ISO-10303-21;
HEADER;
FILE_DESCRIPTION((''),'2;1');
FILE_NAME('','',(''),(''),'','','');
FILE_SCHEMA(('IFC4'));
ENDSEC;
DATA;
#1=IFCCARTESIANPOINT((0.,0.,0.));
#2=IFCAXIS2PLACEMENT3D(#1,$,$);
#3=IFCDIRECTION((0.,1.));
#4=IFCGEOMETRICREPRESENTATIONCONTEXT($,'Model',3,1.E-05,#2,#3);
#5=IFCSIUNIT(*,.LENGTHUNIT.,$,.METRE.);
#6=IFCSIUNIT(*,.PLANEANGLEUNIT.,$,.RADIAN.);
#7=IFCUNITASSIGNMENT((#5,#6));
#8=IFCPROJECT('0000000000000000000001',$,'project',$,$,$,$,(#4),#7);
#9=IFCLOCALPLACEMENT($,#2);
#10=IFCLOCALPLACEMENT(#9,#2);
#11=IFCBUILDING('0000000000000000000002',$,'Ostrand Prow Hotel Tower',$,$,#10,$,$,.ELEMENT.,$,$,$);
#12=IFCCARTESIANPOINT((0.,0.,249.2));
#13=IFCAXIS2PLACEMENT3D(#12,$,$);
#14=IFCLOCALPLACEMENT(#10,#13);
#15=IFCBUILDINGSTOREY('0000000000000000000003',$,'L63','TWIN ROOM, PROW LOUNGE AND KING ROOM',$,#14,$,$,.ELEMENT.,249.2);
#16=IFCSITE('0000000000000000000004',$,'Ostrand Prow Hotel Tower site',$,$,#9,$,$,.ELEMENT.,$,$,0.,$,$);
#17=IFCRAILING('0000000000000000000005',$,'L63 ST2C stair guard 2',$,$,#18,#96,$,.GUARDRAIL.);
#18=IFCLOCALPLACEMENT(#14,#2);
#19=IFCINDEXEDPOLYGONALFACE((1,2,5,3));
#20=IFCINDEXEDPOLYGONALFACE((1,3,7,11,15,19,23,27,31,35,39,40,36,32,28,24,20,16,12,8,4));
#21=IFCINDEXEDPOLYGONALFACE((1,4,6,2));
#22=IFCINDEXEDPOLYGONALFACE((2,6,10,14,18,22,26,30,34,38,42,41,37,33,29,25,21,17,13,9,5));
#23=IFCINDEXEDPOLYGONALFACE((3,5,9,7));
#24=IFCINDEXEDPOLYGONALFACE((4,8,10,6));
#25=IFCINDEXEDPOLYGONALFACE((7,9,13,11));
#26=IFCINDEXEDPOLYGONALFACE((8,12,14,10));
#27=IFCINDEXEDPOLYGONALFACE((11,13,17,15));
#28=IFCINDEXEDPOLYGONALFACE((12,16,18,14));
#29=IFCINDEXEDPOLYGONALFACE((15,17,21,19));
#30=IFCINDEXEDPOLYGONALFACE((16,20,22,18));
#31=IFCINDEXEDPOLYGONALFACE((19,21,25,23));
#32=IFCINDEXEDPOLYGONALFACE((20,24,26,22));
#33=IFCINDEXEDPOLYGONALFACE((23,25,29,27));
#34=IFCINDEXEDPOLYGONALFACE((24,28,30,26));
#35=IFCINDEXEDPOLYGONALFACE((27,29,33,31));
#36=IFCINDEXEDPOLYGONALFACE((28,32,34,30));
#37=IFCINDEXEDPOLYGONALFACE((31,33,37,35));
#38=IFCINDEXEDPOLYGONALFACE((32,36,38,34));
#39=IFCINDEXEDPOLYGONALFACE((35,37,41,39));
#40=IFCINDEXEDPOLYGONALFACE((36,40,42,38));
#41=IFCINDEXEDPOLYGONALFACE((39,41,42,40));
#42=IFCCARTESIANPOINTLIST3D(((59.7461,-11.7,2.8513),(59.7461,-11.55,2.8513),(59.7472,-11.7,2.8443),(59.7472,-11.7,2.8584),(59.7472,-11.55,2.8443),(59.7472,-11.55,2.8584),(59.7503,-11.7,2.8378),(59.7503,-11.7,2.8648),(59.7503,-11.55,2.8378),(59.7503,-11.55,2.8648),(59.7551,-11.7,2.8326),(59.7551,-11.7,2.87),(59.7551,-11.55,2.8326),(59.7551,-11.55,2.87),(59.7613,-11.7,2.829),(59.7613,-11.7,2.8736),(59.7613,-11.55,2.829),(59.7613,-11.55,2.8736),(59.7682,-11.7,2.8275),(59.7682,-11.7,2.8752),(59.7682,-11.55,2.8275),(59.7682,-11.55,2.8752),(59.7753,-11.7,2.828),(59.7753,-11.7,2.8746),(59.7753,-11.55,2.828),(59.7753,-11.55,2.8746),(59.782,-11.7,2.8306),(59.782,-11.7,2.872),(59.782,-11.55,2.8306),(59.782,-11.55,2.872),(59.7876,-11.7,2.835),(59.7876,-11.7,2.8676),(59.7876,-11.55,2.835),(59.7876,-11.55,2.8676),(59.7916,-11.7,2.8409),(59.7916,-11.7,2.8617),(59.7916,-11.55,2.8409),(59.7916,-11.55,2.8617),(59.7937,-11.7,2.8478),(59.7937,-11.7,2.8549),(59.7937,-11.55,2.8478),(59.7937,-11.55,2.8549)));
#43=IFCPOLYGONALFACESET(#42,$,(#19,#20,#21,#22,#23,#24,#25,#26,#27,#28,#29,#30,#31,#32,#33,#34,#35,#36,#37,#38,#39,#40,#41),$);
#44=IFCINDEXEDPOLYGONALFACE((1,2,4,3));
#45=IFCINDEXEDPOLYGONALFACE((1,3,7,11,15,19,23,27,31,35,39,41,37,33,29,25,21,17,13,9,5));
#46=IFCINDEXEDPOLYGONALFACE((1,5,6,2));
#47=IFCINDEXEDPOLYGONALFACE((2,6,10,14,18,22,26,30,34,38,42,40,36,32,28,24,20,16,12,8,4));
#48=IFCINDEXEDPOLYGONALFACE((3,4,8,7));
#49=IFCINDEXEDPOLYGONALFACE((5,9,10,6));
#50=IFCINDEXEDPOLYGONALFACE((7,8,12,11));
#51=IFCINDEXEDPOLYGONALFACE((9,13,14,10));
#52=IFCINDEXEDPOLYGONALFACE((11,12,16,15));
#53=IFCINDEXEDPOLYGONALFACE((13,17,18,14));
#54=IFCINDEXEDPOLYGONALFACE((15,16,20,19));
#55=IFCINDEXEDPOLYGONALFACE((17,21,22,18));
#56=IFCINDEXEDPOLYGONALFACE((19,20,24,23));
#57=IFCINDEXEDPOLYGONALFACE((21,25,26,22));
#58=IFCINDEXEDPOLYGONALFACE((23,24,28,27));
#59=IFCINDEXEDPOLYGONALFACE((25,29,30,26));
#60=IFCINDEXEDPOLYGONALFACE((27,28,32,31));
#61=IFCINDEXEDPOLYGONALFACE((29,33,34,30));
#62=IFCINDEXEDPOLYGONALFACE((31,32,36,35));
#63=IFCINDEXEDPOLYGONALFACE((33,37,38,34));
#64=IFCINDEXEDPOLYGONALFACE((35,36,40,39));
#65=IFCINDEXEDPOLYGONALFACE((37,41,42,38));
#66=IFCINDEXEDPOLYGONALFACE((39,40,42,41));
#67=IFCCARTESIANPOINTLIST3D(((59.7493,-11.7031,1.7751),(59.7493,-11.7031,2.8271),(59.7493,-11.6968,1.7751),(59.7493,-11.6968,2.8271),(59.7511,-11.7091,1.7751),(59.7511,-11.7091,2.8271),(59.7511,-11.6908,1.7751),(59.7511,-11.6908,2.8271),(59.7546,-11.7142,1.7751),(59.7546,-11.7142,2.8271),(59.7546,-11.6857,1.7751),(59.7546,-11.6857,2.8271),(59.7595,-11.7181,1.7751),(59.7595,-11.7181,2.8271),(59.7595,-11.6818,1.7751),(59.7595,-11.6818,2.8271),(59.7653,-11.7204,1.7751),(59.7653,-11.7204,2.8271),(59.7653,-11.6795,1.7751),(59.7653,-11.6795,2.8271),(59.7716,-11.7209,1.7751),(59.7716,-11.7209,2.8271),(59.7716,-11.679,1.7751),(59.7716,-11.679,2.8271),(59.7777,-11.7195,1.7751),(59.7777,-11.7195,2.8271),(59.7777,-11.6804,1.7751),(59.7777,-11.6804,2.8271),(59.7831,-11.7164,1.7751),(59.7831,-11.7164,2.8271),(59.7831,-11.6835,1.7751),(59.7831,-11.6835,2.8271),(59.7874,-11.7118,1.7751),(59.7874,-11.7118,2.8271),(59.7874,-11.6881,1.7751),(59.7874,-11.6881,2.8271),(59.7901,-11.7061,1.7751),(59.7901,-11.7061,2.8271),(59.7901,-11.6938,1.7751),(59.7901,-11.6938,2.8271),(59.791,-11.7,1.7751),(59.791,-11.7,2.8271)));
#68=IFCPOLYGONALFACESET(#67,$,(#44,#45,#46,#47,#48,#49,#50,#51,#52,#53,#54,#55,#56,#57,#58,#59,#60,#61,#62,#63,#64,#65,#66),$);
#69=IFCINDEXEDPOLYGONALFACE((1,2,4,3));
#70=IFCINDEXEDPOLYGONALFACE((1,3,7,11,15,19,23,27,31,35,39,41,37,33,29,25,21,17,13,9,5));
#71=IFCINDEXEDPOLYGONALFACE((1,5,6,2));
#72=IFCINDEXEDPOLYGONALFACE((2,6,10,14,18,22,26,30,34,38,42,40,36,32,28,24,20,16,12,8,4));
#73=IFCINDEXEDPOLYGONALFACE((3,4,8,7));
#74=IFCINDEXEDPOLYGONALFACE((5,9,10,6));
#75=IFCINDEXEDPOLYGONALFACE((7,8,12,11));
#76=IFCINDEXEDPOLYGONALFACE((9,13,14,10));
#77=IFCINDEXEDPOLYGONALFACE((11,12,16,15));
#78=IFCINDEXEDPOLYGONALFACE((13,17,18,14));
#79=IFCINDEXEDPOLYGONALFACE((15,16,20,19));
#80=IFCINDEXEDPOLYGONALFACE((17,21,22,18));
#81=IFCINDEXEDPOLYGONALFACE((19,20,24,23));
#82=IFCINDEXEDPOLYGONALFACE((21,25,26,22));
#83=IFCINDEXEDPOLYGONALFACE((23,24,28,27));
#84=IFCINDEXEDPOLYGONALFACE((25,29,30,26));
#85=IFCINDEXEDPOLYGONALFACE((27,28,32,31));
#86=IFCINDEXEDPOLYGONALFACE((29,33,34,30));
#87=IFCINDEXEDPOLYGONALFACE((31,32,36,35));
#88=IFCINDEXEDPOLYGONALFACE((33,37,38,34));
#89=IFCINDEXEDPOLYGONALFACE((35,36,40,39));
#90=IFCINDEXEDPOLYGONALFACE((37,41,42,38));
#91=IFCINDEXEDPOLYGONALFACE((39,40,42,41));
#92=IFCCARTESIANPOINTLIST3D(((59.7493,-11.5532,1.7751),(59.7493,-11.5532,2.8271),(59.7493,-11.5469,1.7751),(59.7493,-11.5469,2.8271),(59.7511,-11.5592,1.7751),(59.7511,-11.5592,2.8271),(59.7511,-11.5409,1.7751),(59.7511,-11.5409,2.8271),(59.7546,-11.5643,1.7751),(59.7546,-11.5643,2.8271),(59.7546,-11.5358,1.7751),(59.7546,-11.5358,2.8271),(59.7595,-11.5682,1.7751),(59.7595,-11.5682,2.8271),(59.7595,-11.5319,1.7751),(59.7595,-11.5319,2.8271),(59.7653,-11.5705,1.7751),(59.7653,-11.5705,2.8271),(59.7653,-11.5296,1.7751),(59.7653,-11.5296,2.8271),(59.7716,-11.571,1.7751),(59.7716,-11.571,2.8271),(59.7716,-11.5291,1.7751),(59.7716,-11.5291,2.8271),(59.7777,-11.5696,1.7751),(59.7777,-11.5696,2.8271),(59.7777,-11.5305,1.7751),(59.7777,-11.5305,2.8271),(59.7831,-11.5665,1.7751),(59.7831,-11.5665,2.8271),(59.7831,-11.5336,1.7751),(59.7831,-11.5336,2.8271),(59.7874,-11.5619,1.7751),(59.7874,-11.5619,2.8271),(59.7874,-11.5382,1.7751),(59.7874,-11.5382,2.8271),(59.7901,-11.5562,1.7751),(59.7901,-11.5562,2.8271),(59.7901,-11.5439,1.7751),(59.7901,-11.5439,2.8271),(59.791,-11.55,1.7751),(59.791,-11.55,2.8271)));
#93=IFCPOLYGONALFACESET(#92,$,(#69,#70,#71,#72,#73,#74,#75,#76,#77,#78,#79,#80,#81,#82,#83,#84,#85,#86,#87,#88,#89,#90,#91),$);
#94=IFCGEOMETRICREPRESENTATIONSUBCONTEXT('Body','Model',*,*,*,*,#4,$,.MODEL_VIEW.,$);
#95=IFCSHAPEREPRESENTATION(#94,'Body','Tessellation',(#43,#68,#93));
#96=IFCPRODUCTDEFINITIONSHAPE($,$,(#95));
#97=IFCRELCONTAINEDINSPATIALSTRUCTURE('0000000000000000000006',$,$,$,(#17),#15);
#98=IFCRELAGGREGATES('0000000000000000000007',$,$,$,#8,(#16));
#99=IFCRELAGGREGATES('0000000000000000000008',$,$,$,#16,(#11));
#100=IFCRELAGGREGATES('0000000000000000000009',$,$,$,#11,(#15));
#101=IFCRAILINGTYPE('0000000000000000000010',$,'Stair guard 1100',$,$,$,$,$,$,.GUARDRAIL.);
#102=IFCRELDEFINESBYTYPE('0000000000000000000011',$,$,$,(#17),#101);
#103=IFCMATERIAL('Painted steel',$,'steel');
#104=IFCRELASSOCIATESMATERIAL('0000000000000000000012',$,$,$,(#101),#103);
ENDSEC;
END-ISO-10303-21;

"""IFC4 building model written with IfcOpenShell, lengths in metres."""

from ifc_helpers import new_model, si_unit, direction, frame, origin, origin_2d, place, context, subcontext, project, spatial, circle, extrude, material, type_object, element, save


model = new_model("IFC4")

# Units and contexts
model_context = context("Model", 3, precision=1e-05, world=origin(), true_north=direction((0.0, 1.0)))
body_context = subcontext(model_context, "Body", "Model", "MODEL_VIEW")
ifc_project = project(units=[si_unit("LENGTHUNIT", "METRE"), si_unit("PLANEANGLEUNIT", "RADIAN")], contexts=[model_context])

# Site, building, storey
site_placement = place(None, origin())
site = spatial("IfcSite", under=ifc_project, at=site_placement, Name="Ostrand Prow Hotel Tower site", CompositionType="ELEMENT", RefElevation=0.0)
building_placement = place(site_placement, origin())
building = spatial("IfcBuilding", under=site, at=building_placement, Name="Ostrand Prow Hotel Tower", CompositionType="ELEMENT")
storey_placement = place(building_placement, frame((0.0, 0.0, 249.2)))
storey = spatial("IfcBuildingStorey", under=building, at=storey_placement, Name="L63", Description="TWIN ROOM, PROW LOUNGE AND KING ROOM", CompositionType="ELEMENT", Elevation=249.2)

# Railing
ifc_material_1 = material(Name="Painted steel", Category="steel")
railing_type_1 = type_object("IfcRailingType", Name="Stair guard 1100", PredefinedType="GUARDRAIL", material=ifc_material_1)
railing_1_placement = place(storey_placement, frame((59.77, -11.7, 1.7751)))
element("IfcRailing", 1, at=railing_1_placement, inside=storey, type_object=railing_type_1, Name="L63 ST2C stair guard 2", PredefinedType="GUARDRAIL", context=body_context, shape_type="SweptSolid", body=[
    extrude(circle(Radius=0.0239, at=origin_2d()), frame((0.0, 0.0, 1.0762), z_axis=(0.0, 1.0, 0.0), x_axis=(-1.0, 0.0, 0.0)), (0.0, 0.0, 1.0), 0.1499),
    extrude(circle(Radius=0.021, at=origin_2d()), origin(), (0.0, 0.0, 1.0), 1.052),
    extrude(circle(Radius=0.021, at=origin_2d()), frame((0.0, 0.1499, 0.0)), (0.0, 0.0, 1.0), 1.052),
])

save(model, "model.ifc")
